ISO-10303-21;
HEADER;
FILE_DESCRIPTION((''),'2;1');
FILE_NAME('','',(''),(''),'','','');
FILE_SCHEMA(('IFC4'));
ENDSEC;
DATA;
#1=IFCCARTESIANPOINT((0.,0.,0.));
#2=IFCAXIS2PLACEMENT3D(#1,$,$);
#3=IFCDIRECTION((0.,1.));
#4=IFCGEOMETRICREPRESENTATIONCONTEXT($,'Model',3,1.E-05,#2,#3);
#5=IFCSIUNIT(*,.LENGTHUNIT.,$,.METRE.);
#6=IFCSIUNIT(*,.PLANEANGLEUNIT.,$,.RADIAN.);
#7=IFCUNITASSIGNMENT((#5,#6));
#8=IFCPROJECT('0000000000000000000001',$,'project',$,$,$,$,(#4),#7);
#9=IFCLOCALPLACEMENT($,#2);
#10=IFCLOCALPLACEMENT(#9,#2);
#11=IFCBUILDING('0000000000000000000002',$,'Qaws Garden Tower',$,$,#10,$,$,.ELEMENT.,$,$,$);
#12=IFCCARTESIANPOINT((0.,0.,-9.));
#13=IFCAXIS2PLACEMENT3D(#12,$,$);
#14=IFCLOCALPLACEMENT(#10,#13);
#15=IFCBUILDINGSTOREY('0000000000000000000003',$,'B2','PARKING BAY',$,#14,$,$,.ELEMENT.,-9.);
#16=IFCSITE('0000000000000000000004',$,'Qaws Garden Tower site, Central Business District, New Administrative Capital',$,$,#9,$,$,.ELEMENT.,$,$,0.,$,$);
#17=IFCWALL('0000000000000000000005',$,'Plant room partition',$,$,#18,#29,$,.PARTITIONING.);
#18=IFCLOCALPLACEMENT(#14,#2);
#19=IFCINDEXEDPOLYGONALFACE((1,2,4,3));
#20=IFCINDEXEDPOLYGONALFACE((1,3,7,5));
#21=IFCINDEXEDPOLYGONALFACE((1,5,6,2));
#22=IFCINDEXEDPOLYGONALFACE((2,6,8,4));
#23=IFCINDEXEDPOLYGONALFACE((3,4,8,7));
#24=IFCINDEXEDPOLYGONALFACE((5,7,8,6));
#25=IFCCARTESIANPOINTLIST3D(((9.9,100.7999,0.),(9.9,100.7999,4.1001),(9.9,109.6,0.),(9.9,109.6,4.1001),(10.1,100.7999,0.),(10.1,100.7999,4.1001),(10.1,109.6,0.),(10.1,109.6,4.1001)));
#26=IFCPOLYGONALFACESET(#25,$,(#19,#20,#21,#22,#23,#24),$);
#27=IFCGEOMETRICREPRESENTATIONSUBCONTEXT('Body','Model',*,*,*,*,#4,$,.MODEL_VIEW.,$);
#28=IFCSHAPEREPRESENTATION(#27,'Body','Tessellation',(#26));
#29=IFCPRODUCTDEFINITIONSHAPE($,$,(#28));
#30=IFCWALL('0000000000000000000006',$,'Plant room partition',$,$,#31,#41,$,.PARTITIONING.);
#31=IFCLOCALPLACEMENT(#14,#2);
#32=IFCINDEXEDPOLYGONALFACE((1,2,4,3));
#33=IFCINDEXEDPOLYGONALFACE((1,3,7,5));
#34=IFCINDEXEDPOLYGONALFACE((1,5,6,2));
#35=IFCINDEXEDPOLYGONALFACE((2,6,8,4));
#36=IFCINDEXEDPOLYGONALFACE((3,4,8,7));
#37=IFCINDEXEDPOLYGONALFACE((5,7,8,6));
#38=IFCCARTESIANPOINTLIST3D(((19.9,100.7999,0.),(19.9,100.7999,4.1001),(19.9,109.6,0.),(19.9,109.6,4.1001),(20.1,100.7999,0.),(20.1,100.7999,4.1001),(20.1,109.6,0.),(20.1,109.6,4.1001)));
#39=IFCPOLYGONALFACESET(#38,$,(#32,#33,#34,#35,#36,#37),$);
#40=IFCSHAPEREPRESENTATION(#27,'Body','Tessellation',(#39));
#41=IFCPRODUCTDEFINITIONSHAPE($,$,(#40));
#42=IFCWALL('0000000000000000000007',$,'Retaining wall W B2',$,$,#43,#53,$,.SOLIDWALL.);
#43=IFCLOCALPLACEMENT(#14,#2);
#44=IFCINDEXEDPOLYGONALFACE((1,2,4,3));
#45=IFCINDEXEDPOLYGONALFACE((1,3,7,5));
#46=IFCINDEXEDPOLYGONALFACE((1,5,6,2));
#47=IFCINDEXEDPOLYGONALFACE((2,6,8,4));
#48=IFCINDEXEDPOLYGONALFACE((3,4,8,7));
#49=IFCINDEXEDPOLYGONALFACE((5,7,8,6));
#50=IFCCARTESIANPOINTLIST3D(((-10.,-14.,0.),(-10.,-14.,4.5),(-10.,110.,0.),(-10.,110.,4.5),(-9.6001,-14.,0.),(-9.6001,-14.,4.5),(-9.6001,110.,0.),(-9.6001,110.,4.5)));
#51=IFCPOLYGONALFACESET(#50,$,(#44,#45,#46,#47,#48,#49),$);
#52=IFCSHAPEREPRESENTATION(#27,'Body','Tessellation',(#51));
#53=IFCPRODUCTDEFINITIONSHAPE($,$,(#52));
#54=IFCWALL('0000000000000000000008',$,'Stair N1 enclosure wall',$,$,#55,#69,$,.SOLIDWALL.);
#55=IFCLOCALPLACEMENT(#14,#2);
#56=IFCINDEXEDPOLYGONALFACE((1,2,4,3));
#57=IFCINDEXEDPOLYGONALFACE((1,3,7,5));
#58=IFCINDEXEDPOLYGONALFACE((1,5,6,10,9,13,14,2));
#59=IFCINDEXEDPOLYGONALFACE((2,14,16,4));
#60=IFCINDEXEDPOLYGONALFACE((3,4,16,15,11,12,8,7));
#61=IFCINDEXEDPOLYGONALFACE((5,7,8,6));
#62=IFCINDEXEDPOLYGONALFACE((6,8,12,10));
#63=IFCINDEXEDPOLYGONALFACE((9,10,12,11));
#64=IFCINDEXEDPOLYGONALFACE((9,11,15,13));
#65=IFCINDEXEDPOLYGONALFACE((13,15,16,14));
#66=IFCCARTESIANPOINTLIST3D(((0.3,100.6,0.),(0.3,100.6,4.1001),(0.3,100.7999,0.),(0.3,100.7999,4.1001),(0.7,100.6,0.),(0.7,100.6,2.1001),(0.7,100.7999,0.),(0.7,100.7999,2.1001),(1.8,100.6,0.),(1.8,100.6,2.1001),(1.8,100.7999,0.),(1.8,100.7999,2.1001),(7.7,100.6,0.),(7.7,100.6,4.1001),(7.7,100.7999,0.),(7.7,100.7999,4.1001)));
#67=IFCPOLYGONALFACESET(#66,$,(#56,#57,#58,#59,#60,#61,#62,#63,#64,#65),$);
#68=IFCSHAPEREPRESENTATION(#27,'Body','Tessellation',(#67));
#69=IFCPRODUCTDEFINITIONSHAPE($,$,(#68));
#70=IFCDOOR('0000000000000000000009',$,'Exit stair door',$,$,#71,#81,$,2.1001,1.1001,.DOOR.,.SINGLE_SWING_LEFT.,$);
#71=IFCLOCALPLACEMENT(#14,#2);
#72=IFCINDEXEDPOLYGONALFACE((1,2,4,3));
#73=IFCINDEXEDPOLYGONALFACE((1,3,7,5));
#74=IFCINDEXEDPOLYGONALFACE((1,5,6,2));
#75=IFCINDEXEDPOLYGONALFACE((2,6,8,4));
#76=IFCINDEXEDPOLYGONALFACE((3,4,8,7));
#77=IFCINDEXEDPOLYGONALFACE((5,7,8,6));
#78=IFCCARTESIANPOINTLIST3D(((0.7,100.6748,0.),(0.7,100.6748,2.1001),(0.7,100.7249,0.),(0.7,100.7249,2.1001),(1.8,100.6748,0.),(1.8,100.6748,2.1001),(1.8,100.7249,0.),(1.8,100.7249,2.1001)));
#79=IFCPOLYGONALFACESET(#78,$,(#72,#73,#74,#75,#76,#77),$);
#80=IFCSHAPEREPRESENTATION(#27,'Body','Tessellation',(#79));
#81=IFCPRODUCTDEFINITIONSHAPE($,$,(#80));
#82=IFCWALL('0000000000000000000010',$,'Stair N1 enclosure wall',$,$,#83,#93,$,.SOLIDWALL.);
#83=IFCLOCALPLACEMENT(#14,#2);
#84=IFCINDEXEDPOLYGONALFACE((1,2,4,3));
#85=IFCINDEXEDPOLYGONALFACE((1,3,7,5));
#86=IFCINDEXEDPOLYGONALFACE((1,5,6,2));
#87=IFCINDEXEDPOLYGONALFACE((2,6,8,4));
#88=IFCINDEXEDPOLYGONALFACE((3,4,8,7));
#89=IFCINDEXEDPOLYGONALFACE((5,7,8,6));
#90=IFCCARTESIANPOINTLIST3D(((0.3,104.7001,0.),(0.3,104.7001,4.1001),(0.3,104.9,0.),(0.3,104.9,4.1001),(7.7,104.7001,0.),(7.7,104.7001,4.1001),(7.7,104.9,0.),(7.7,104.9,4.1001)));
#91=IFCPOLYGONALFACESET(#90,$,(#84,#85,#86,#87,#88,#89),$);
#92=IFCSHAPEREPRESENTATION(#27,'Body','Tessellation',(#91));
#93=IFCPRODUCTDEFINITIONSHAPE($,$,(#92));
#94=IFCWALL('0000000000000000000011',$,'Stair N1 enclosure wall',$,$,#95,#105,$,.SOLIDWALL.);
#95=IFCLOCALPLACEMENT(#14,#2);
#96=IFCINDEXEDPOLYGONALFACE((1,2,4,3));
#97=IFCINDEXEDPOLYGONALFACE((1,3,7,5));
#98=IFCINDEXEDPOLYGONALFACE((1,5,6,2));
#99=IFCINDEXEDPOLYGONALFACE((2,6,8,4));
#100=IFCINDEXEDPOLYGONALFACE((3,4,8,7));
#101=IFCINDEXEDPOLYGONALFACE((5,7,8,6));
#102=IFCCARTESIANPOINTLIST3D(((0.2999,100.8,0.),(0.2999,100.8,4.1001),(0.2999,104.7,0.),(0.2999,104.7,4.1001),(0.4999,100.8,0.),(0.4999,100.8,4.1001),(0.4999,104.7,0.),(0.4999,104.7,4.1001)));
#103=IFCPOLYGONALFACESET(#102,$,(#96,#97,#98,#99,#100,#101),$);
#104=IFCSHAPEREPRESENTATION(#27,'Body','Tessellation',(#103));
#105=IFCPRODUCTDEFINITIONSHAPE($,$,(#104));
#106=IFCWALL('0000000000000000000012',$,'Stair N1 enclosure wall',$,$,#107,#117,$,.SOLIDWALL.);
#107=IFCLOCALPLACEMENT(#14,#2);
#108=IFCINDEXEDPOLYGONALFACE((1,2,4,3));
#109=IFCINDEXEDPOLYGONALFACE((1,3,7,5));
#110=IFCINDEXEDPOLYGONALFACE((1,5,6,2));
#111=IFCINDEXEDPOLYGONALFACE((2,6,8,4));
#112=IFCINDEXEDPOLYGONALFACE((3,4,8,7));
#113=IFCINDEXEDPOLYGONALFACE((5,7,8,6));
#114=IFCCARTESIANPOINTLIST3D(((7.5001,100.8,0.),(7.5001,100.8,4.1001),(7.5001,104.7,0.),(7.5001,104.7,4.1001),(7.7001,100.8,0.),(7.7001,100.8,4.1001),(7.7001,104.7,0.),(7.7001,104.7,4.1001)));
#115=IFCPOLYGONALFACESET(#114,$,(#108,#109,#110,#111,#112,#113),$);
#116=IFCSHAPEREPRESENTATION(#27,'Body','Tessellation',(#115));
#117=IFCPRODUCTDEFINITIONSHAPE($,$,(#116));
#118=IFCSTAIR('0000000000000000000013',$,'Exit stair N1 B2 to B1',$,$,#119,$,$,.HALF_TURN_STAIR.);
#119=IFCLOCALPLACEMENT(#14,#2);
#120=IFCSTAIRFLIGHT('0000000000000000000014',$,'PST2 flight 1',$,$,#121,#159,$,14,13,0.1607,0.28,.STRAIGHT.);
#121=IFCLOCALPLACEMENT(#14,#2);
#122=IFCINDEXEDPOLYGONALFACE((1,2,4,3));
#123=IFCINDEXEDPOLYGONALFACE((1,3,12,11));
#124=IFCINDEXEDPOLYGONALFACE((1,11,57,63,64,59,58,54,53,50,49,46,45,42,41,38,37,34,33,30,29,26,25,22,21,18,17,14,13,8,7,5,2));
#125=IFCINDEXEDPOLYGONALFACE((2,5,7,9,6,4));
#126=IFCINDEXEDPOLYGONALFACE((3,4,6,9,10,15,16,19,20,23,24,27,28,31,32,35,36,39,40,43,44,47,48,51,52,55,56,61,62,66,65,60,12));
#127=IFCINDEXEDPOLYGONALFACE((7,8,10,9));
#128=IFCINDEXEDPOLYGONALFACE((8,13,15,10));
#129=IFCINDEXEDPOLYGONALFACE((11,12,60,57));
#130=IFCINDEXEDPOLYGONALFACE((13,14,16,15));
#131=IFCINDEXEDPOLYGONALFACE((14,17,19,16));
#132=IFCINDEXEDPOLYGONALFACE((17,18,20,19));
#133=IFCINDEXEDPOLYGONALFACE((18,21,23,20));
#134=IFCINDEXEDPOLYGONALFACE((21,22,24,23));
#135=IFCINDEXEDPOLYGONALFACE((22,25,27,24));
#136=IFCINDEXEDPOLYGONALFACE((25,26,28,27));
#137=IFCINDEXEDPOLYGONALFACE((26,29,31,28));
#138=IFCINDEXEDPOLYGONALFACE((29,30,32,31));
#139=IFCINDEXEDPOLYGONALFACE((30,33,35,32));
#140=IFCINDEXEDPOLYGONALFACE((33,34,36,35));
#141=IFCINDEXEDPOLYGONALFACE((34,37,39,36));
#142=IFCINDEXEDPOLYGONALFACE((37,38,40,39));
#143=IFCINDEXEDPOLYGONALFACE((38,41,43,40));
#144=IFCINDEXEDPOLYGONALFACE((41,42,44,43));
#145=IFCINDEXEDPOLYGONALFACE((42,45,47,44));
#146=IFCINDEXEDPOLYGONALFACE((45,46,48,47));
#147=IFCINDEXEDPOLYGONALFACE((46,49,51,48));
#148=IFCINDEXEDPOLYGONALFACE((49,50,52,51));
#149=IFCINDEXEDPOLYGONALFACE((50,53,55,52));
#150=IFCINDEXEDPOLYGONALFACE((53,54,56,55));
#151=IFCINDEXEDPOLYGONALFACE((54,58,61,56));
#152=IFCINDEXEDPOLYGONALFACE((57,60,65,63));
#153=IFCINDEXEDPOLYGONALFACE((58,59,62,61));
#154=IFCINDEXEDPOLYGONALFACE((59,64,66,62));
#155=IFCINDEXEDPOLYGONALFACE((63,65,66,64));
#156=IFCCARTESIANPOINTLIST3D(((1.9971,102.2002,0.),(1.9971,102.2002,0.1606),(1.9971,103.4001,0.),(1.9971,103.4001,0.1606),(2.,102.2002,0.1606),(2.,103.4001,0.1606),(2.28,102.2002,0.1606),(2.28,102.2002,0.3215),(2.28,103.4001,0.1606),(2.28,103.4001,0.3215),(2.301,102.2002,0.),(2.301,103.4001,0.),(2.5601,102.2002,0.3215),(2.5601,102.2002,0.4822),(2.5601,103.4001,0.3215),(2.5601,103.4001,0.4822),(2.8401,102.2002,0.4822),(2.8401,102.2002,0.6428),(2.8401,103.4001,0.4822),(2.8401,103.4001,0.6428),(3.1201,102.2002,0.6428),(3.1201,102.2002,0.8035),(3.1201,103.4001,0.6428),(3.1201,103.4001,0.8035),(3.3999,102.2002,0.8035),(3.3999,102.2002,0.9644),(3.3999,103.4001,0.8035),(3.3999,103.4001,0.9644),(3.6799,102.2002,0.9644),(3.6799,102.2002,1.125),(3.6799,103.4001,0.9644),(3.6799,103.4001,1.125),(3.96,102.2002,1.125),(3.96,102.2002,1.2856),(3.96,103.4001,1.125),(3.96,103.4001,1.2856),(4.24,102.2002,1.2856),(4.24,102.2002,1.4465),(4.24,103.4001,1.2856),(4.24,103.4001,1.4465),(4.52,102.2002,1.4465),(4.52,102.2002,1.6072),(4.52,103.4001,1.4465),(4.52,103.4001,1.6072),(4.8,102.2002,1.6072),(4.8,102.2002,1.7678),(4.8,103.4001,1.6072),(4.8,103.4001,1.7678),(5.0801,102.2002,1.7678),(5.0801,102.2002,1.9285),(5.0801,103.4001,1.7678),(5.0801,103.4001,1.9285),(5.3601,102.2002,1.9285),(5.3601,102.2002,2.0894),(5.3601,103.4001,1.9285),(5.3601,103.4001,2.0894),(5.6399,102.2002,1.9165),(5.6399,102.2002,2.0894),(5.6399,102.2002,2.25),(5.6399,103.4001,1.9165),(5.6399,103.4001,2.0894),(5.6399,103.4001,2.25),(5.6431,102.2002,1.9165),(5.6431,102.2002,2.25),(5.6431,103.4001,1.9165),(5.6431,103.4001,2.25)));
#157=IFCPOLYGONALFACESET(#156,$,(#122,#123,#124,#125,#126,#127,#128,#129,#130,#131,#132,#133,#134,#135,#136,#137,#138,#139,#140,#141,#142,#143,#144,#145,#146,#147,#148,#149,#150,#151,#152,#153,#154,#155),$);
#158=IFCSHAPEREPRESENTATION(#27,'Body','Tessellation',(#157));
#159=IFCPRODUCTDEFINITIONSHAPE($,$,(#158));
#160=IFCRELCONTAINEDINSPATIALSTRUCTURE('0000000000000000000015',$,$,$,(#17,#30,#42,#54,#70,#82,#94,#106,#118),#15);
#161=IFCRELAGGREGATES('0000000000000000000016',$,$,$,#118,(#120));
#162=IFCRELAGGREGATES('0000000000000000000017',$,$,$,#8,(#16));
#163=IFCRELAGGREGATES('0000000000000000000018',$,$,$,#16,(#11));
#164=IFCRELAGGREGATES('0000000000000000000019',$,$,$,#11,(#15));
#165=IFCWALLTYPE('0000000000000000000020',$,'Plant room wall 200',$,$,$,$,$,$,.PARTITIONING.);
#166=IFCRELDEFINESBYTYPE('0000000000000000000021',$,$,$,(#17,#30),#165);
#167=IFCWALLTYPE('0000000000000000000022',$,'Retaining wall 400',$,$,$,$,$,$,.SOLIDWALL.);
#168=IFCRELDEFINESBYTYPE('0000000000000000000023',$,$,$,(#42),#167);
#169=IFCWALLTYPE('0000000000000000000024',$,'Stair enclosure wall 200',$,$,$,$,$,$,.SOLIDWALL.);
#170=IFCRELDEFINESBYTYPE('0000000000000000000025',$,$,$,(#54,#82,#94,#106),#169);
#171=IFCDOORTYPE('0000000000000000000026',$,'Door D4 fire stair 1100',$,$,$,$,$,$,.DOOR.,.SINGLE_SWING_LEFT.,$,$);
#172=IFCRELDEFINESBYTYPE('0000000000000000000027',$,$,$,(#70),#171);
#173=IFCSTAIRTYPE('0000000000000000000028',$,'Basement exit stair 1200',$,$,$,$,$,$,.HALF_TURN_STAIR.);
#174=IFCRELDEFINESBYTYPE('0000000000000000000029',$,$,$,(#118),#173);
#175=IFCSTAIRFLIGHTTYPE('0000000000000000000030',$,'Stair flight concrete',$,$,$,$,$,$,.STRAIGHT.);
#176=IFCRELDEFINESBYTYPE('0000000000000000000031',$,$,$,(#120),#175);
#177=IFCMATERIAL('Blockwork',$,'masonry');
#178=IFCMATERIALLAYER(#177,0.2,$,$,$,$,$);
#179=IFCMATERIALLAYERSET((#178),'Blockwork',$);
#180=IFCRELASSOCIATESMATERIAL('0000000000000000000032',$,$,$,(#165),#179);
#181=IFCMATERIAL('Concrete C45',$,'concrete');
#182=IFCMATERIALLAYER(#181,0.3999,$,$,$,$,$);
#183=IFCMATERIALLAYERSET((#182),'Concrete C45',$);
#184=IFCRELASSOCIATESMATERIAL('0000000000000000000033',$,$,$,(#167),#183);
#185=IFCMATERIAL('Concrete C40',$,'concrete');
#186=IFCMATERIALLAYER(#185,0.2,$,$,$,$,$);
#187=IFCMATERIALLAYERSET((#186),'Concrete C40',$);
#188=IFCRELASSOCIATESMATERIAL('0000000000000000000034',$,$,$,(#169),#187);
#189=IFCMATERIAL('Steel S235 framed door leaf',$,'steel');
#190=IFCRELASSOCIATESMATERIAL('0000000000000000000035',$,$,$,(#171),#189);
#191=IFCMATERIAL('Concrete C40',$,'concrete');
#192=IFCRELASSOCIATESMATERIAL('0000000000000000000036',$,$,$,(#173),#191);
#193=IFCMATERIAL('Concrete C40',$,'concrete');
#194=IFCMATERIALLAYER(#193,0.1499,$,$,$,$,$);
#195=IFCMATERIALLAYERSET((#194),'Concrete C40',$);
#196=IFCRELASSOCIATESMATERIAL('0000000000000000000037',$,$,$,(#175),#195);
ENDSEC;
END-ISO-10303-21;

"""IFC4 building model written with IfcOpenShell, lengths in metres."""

from ifc_helpers import new_model, si_unit, direction, frame, frame_2d, origin, place, context, subcontext, project, spatial, polyline, rectangle, outline, extrude, material, layer, layer_set, type_object, element, fill, aggregate, save


model = new_model("IFC4")

# Units and contexts
model_context = context("Model", 3, precision=1e-05, world=origin(), true_north=direction((0.0, 1.0)))
body_context = subcontext(model_context, "Body", "Model", "MODEL_VIEW")
ifc_project = project(units=[si_unit("LENGTHUNIT", "METRE"), si_unit("PLANEANGLEUNIT", "RADIAN")], contexts=[model_context])

# Site, building, storey
site_placement = place(None, origin())
site = spatial("IfcSite", under=ifc_project, at=site_placement, Name="Qaws Garden Tower site, Central Business District, New Administrative Capital", CompositionType="ELEMENT", RefElevation=0.0)
building_placement = place(site_placement, origin())
building = spatial("IfcBuilding", under=site, at=building_placement, Name="Qaws Garden Tower", CompositionType="ELEMENT")
storey_placement = place(building_placement, frame((0.0, 0.0, -9.0)))
storey = spatial("IfcBuildingStorey", under=building, at=storey_placement, Name="B2", Description="PARKING BAY", CompositionType="ELEMENT", Elevation=-9.0)

# Shared definitions
ifc_material_1 = material(Name="Blockwork", Category="masonry")
ifc_layer_1 = layer(ifc_material_1, 0.2)
ifc_layer_set_1 = layer_set([ifc_layer_1], Name="Blockwork")
wall_type_1 = type_object("IfcWallType", Name="Plant room wall 200", PredefinedType="PARTITIONING", material=ifc_layer_set_1)

# Walls
for number, where, z_axis, x_axis, name in (
    (1, (10.0, 100.8, 0.0), (0.0, 0.0, 1.0), (0.0, 1.0, 0.0), "Plant room partition"),
    (2, (20.0, 100.8, 0.0), (0.0, 0.0, 1.0), (0.0, 1.0, 0.0), "Plant room partition"),
):
    element("IfcWall", number, at=place(storey_placement, frame(where, z_axis=z_axis, x_axis=x_axis)), inside=storey, type_object=wall_type_1, Name=name, PredefinedType="PARTITIONING", context=body_context, shape_type="SweptSolid", body=[
        extrude(rectangle(XDim=8.8, YDim=0.2, at=frame_2d((4.3999, 0.0))), origin(), (0.0, 0.0, 1.0), 4.1001),
    ])
ifc_material_2 = material(Name="Concrete C45", Category="concrete")
ifc_layer_2 = layer(ifc_material_2, 0.3999)
ifc_layer_set_2 = layer_set([ifc_layer_2], Name="Concrete C45")
wall_type_2 = type_object("IfcWallType", Name="Retaining wall 400", PredefinedType="SOLIDWALL", material=ifc_layer_set_2)
wall_1_placement = place(storey_placement, frame((-9.8, 110.0, 0.0), z_axis=(0.0, 0.0, 1.0), x_axis=(0.0, -1.0, 0.0)))
element("IfcWall", 3, at=wall_1_placement, inside=storey, type_object=wall_type_2, Name="Retaining wall W B2", PredefinedType="SOLIDWALL", context=body_context, shape_type="SweptSolid", body=[
    extrude(rectangle(XDim=124.0, YDim=0.3999, at=frame_2d((62.0, 0.0))), origin(), (0.0, 0.0, 1.0), 4.5),
])

# Wall, opening, door
ifc_material_3 = material(Name="Concrete C40", Category="concrete")
ifc_layer_3 = layer(ifc_material_3, 0.2)
ifc_layer_set_3 = layer_set([ifc_layer_3], Name="Concrete C40")
wall_type_3 = type_object("IfcWallType", Name="Stair enclosure wall 200", PredefinedType="SOLIDWALL", material=ifc_layer_set_3)
wall_2_placement = place(storey_placement, frame((0.3, 100.7, 0.0), z_axis=(0.0, 0.0, 1.0), x_axis=(1.0, 0.0, 0.0)))
wall_2 = element("IfcWall", 4, at=wall_2_placement, inside=storey, type_object=wall_type_3, Name="Stair N1 enclosure wall", PredefinedType="SOLIDWALL", context=body_context, shape_type="SweptSolid", body=[
    extrude(rectangle(XDim=7.3999, YDim=0.2, at=frame_2d((3.7, 0.0))), origin(), (0.0, 0.0, 1.0), 4.1001),
])
opening_1_placement = place(wall_2_placement, frame((0.3999, 0.0, 0.0)))
opening_1 = element("IfcOpeningElement", 5, at=opening_1_placement, cuts=wall_2, PredefinedType="OPENING", context=body_context, shape_type="SweptSolid", body=[
    extrude(rectangle(XDim=1.1001, YDim=2.1001, at=frame_2d((0.55, 1.05))), frame((0.0, 0.1099, 0.0), z_axis=(0.0, -1.0, 0.0), x_axis=(1.0, 0.0, 0.0)), (0.0, 0.0, 1.0), 0.22),
])
ifc_material_4 = material(Name="Steel S235 framed door leaf", Category="steel")
door_type_1 = type_object("IfcDoorType", Name="Door D4 fire stair 1100", OperationType="SINGLE_SWING_LEFT", PredefinedType="DOOR", material=ifc_material_4)
door_1_placement = place(opening_1_placement, origin())
door_1 = element("IfcDoor", 6, at=door_1_placement, inside=storey, type_object=door_type_1, Name="Exit stair door", OperationType="SINGLE_SWING_LEFT", OverallHeight=2.1001, OverallWidth=1.1001, PredefinedType="DOOR", context=body_context, shape_type="SweptSolid", body=[
    extrude(rectangle(XDim=1.1001, YDim=2.1001, at=frame_2d((0.55, 1.05))), frame((0.0, 0.0249, 0.0), z_axis=(0.0, -1.0, 0.0), x_axis=(1.0, 0.0, 0.0)), (0.0, 0.0, 1.0), 0.05),
])
fill(opening_1, door_1)

# Walls
wall_3_placement = place(storey_placement, frame((0.3, 104.8, 0.0), z_axis=(0.0, 0.0, 1.0), x_axis=(1.0, 0.0, 0.0)))
element("IfcWall", 7, at=wall_3_placement, inside=storey, type_object=wall_type_3, Name="Stair N1 enclosure wall", PredefinedType="SOLIDWALL", context=body_context, shape_type="SweptSolid", body=[
    extrude(rectangle(XDim=7.3999, YDim=0.2, at=frame_2d((3.7, 0.0))), origin(), (0.0, 0.0, 1.0), 4.1001),
])
for number, where, z_axis, x_axis, name in (
    (8, (0.3999, 100.8, 0.0), (0.0, 0.0, 1.0), (0.0, 1.0, 0.0), "Stair N1 enclosure wall"),
    (9, (7.6001, 100.8, 0.0), (0.0, 0.0, 1.0), (0.0, 1.0, 0.0), "Stair N1 enclosure wall"),
):
    element("IfcWall", number, at=place(storey_placement, frame(where, z_axis=z_axis, x_axis=x_axis)), inside=storey, type_object=wall_type_3, Name=name, PredefinedType="SOLIDWALL", context=body_context, shape_type="SweptSolid", body=[
        extrude(rectangle(XDim=3.8999, YDim=0.2, at=frame_2d((1.95, 0.0))), origin(), (0.0, 0.0, 1.0), 4.1001),
    ])

# Stair, stair flight
ifc_material_5 = material(Name="Concrete C40", Category="concrete")
stair_type = type_object("IfcStairType", Name="Basement exit stair 1200", PredefinedType="HALF_TURN_STAIR", material=ifc_material_5)
stair_placement = place(storey_placement, origin())
stair = element("IfcStair", 10, at=stair_placement, inside=storey, type_object=stair_type, Name="Exit stair N1 B2 to B1", PredefinedType="HALF_TURN_STAIR")
ifc_material_6 = material(Name="Concrete C40", Category="concrete")
ifc_layer_4 = layer(ifc_material_6, 0.1499)
ifc_layer_set_4 = layer_set([ifc_layer_4], Name="Concrete C40")
stair_flight_type = type_object("IfcStairFlightType", Name="Stair flight concrete", PredefinedType="STRAIGHT", material=ifc_layer_set_4)
stair_flight_1_placement = place(storey_placement, frame((2.0, 102.8, 0.0), z_axis=(0.0, 0.0, 1.0), x_axis=(1.0, 0.0, 0.0)))
stair_flight_1 = element("IfcStairFlight", 11, at=stair_flight_1_placement, type_object=stair_flight_type, Name="PST2 flight 1", NumberOfRisers=14, NumberOfTreads=13, PredefinedType="STRAIGHT", RiserHeight=0.1607, TreadLength=0.28, context=body_context, shape_type="SweptSolid", body=[
    extrude(outline(polyline([(-0.0029, 0.0), (-0.0029, 0.1606), (0.0, 0.1606), (0.28, 0.1606), (0.28, 0.3215), (0.5601, 0.3215), (0.5601, 0.4822), (0.8401, 0.4822), (0.8401, 0.6428), (1.1201, 0.6428), (1.1201, 0.8035), (1.3999, 0.8035), (1.3999, 0.9644), (1.6799, 0.9644), (1.6799, 1.125), (1.96, 1.125), (1.96, 1.2856), (2.24, 1.2856), (2.24, 1.4465), (2.52, 1.4465), (2.52, 1.6072), (2.8, 1.6072), (2.8, 1.7678), (3.0801, 1.7678), (3.0801, 1.9285), (3.3601, 1.9285), (3.3601, 2.0894), (3.6399, 2.0894), (3.6399, 2.25), (3.6431, 2.25), (3.6431, 1.9165), (3.6399, 1.9165), (0.301, 0.0), (-0.0029, 0.0)])), frame((0.0, 0.6001, 0.0), z_axis=(0.0, -1.0, 0.0), x_axis=(1.0, 0.0, 0.0)), (0.0, 0.0, 1.0), 1.2),
])
aggregate(stair, [stair_flight_1])

save(model, "model.ifc")
